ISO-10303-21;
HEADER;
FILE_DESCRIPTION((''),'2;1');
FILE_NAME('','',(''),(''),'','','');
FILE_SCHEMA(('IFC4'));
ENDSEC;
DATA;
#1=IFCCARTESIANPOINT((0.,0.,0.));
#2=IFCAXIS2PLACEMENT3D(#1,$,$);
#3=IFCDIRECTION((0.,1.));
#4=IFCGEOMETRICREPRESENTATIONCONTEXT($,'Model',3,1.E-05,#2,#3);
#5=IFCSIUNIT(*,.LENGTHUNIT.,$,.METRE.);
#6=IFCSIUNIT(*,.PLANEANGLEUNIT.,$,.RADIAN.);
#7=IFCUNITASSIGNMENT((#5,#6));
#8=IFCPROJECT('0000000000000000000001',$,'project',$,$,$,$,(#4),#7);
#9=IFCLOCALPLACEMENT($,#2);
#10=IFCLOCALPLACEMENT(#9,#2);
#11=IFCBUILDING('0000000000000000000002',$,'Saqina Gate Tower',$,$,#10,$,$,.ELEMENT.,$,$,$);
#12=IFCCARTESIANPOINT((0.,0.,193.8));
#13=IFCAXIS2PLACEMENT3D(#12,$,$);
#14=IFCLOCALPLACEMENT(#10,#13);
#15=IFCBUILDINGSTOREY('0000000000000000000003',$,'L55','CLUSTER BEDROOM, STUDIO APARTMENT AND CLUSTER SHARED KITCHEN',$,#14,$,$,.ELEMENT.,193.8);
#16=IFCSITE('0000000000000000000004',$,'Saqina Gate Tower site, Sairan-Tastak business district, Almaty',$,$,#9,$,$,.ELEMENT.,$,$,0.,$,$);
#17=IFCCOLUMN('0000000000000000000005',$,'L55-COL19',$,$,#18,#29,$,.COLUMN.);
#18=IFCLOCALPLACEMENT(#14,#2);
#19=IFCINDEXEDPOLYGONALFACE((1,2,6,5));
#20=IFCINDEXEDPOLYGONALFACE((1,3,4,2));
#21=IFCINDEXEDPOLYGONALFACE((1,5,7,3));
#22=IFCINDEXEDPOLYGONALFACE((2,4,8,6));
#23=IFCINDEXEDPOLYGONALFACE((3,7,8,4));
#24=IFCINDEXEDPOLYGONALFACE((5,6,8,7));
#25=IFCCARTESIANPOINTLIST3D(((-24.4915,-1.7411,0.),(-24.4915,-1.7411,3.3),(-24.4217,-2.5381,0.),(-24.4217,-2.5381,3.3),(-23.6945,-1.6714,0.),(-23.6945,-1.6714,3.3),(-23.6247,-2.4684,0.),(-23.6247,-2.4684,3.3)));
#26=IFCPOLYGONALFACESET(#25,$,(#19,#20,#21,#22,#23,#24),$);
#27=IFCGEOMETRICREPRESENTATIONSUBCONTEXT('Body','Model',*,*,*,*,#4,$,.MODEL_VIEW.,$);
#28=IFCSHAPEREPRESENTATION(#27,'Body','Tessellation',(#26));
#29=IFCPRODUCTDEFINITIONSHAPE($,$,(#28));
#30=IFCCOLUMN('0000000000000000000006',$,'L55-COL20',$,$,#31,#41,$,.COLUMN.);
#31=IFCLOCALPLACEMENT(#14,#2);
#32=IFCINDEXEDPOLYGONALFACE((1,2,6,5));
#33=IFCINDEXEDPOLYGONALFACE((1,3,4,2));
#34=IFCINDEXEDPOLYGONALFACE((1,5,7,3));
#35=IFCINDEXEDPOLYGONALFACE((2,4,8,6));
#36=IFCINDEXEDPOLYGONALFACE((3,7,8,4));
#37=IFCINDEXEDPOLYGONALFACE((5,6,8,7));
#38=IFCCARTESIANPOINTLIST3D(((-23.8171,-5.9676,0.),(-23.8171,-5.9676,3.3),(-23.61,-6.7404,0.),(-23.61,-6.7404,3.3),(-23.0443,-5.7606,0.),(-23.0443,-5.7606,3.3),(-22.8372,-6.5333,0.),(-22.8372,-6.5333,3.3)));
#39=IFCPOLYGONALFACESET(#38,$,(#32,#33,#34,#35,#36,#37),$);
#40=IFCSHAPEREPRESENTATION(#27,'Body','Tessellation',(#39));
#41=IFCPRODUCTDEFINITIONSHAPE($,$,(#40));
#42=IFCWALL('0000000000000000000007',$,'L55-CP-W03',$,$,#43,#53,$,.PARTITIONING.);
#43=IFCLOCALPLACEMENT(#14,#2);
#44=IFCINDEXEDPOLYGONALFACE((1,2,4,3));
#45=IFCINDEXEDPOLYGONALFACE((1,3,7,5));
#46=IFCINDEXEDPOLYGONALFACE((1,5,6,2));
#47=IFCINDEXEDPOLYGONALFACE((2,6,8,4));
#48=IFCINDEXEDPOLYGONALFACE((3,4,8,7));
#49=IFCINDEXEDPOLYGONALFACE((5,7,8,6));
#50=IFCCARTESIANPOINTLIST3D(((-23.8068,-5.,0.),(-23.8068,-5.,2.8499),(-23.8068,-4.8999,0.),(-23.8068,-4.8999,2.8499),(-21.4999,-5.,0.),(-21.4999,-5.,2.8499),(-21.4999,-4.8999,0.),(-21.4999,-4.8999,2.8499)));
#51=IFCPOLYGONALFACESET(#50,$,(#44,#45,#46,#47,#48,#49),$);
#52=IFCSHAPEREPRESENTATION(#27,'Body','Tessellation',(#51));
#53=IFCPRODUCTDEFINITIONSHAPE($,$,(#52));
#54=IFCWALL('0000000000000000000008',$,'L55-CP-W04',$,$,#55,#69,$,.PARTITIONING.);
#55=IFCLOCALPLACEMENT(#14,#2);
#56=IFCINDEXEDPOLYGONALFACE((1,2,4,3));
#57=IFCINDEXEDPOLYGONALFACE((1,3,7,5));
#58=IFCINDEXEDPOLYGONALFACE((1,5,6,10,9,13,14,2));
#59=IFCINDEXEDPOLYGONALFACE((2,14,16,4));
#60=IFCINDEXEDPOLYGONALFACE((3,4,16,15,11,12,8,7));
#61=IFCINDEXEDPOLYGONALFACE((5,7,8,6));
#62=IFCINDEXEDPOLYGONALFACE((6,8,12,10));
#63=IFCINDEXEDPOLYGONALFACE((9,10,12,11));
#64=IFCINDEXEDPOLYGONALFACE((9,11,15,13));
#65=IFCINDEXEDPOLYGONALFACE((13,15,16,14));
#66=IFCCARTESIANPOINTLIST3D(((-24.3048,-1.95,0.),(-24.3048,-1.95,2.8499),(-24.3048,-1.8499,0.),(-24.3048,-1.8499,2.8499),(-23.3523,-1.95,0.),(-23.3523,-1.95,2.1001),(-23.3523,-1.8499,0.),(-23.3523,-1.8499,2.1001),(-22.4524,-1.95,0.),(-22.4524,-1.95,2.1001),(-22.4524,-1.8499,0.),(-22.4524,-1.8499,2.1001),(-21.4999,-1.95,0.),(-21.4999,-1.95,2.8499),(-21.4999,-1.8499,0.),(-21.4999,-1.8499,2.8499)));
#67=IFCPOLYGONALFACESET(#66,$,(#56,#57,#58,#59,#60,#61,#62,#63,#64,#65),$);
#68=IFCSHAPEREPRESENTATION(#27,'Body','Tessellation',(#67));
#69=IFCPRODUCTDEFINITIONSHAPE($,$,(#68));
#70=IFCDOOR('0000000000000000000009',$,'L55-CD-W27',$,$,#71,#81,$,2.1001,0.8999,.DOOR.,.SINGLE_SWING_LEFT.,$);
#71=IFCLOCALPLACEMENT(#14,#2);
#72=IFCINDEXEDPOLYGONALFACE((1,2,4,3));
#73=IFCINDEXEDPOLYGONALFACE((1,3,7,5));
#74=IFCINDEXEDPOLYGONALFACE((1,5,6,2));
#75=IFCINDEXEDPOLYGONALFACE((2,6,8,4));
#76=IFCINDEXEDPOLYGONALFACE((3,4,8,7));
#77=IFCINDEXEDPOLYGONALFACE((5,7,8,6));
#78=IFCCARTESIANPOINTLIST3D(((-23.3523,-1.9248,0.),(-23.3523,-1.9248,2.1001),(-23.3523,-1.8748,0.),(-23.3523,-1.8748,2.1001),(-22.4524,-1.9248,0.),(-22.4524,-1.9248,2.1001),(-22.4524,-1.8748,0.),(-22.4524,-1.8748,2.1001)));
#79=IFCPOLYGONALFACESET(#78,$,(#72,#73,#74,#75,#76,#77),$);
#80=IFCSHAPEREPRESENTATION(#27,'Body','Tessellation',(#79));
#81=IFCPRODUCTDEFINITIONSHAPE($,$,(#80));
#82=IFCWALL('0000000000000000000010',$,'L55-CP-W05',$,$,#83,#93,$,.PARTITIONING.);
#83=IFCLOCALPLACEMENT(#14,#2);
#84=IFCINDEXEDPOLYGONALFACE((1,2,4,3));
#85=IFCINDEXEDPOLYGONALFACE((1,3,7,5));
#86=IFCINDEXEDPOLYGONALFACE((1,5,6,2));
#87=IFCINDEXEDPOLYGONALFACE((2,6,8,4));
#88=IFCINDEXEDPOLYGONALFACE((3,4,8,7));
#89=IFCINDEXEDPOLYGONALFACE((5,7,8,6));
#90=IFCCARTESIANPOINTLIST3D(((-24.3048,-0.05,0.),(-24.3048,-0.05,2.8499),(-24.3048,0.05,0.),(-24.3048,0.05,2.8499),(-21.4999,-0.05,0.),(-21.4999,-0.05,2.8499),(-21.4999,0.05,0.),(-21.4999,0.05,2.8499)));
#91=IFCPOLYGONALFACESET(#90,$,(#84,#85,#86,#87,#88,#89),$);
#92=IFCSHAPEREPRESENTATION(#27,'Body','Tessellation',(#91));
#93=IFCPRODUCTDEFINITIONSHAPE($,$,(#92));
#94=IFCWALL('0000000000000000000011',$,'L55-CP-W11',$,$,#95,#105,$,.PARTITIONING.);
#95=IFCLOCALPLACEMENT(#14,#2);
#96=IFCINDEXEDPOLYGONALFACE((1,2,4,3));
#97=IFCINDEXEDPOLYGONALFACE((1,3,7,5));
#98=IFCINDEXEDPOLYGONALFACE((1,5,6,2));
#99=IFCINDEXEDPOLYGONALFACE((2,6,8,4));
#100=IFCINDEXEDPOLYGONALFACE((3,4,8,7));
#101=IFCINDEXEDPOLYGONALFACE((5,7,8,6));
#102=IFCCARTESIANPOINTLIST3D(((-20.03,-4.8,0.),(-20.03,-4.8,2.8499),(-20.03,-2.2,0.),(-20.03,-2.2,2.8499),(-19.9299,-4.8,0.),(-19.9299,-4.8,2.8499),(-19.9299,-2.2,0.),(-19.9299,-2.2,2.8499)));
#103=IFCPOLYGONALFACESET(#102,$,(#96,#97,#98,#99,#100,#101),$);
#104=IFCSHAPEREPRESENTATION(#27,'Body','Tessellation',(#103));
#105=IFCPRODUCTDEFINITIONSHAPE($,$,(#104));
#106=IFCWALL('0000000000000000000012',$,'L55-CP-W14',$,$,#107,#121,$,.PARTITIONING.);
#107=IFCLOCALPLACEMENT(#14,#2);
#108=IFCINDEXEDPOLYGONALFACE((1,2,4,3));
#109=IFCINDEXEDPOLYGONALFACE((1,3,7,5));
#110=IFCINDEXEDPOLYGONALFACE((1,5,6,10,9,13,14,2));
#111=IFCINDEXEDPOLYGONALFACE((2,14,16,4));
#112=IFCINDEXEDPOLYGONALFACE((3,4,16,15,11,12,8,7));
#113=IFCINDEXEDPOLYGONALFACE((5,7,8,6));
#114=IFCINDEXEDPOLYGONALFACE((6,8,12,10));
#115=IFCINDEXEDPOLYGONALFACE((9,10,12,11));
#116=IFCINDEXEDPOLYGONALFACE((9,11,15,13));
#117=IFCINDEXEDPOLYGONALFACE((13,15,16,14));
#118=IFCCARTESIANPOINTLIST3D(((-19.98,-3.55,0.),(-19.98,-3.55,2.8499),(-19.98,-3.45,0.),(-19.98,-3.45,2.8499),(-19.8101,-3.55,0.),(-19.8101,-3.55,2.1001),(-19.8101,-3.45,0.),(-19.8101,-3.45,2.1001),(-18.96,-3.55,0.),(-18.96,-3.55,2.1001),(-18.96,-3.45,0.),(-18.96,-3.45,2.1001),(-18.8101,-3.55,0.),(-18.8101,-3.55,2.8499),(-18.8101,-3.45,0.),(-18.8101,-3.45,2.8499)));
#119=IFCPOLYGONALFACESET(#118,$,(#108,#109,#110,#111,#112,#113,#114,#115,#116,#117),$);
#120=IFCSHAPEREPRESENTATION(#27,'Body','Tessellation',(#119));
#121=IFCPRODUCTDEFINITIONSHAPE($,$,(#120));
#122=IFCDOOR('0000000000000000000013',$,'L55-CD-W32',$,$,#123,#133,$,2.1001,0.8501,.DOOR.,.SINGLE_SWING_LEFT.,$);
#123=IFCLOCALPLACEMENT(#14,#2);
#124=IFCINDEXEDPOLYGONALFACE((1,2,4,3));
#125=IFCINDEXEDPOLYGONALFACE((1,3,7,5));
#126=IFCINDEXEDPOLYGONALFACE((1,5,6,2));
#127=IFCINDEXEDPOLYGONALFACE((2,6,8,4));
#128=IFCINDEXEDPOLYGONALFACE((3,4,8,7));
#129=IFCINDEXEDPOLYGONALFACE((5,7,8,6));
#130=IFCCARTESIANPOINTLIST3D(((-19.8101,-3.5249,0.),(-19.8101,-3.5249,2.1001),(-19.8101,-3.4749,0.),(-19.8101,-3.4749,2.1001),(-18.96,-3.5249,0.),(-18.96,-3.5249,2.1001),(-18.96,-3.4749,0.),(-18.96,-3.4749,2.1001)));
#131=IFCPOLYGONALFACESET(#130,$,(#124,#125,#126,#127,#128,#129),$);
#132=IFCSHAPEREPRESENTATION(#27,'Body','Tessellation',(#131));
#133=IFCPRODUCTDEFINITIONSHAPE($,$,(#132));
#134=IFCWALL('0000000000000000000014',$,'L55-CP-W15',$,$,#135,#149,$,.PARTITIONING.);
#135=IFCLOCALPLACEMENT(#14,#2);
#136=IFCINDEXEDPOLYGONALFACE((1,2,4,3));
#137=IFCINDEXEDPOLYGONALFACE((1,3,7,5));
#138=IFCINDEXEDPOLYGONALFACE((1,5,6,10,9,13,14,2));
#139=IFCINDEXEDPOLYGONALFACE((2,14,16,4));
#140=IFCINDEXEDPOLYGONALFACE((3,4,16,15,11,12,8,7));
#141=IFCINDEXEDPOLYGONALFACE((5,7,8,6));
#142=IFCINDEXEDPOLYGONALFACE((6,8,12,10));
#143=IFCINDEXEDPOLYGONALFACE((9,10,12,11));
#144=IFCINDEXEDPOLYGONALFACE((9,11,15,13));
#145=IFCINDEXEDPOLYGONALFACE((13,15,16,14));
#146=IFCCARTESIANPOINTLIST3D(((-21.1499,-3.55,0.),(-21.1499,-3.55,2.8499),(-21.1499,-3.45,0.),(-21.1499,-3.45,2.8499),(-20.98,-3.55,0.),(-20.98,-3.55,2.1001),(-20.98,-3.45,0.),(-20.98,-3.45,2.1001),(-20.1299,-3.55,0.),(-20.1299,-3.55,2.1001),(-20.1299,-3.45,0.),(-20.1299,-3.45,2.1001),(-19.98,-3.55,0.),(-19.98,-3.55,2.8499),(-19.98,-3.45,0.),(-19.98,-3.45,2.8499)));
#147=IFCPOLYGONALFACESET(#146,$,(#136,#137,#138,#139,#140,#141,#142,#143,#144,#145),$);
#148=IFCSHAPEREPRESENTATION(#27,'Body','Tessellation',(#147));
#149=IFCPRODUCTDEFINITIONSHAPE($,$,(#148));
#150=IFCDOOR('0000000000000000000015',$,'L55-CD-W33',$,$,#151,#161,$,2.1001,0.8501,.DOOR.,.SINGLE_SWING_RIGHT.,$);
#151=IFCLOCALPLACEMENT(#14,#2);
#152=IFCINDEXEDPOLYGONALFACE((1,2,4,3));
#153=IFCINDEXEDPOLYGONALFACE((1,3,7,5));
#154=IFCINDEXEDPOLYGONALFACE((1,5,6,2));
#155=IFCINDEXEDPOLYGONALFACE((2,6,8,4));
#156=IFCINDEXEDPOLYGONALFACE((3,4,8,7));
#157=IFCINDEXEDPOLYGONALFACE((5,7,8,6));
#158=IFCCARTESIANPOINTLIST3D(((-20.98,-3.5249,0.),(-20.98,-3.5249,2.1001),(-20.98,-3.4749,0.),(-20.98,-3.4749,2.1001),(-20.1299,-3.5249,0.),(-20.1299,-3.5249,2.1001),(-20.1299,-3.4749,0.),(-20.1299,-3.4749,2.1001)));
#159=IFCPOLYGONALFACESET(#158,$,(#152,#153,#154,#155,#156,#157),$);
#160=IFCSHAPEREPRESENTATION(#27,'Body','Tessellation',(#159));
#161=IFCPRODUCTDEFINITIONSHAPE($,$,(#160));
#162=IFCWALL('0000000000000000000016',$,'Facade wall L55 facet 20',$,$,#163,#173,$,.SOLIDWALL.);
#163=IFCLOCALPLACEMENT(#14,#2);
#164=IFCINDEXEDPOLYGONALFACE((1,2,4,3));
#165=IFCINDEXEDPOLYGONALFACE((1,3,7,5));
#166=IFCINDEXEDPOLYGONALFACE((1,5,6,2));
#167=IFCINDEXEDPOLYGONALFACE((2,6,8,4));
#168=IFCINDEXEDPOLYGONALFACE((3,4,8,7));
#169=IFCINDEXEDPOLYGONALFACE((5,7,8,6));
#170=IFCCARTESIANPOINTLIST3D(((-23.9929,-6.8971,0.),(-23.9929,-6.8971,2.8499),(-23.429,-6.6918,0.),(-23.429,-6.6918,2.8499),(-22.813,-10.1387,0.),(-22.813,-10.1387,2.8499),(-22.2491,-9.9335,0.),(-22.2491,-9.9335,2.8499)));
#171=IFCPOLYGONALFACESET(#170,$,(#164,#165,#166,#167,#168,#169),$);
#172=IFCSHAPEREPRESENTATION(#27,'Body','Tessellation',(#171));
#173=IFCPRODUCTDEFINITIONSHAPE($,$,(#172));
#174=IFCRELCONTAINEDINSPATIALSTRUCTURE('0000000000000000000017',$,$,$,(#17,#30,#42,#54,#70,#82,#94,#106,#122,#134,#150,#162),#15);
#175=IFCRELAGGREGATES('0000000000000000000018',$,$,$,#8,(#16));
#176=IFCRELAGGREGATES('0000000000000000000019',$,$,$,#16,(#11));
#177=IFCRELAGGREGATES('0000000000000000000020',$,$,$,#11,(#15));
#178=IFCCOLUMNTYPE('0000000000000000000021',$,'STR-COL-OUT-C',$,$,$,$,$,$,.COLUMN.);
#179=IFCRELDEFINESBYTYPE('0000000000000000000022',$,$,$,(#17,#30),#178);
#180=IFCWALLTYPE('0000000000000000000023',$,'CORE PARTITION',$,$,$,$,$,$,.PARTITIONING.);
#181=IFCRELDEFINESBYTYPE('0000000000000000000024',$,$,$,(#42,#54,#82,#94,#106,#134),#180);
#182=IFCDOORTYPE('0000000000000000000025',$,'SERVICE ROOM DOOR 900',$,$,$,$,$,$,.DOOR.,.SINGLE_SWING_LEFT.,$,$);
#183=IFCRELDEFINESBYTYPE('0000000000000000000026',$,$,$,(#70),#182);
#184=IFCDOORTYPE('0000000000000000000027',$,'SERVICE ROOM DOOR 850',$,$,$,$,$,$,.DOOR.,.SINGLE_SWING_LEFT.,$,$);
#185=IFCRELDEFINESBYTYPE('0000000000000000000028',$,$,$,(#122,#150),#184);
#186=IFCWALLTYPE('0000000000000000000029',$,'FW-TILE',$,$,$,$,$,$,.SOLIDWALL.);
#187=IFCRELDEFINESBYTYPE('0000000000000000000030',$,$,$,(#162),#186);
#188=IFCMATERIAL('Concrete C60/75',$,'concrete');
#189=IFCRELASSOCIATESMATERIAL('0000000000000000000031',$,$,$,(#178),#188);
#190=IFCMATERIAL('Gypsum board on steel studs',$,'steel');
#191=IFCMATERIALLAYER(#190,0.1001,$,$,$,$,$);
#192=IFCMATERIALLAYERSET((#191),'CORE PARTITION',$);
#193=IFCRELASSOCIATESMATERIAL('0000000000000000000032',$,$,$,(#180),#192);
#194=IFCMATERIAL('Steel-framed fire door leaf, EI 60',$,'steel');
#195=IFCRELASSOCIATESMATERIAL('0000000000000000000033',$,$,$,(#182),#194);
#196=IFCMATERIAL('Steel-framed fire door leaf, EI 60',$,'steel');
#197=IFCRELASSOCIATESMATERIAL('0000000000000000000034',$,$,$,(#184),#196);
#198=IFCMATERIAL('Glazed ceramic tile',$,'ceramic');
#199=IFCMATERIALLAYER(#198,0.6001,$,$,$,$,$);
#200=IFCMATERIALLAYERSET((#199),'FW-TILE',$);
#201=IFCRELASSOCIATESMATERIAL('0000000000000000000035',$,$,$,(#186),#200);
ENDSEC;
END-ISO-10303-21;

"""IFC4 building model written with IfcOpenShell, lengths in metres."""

from ifc_helpers import new_model, si_unit, direction, frame, frame_2d, origin, origin_2d, place, context, subcontext, project, spatial, rectangle, extrude, material, layer, layer_set, material_profile, profile_set, type_object, element, fill, save


model = new_model("IFC4")

# Units and contexts
model_context = context("Model", 3, precision=1e-05, world=origin(), true_north=direction((0.0, 1.0)))
body_context = subcontext(model_context, "Body", "Model", "MODEL_VIEW")
ifc_project = project(units=[si_unit("LENGTHUNIT", "METRE"), si_unit("PLANEANGLEUNIT", "RADIAN")], contexts=[model_context])

# Site, building, storey
site_placement = place(None, origin())
site = spatial("IfcSite", under=ifc_project, at=site_placement, Name="Saqina Gate Tower site, Sairan-Tastak business district, Almaty", CompositionType="ELEMENT", RefElevation=0.0)
building_placement = place(site_placement, origin())
building = spatial("IfcBuilding", under=site, at=building_placement, Name="Saqina Gate Tower", CompositionType="ELEMENT")
storey_placement = place(building_placement, frame((0.0, 0.0, 193.8)))
storey = spatial("IfcBuildingStorey", under=building, at=storey_placement, Name="L55", Description="CLUSTER BEDROOM, STUDIO APARTMENT AND CLUSTER SHARED KITCHEN", CompositionType="ELEMENT", Elevation=193.8)

# Columns
ifc_material_1 = material(Name="Concrete C60/75", Category="concrete")
ifc_material_profile = material_profile(ifc_material_1, rectangle(XDim=0.8, YDim=0.8, at=origin_2d()), Name="RC 800x800")
ifc_profile_set = profile_set([ifc_material_profile], Name="Concrete C60/75")
column_type = type_object("IfcColumnType", Name="STR-COL-OUT-C", PredefinedType="COLUMN", material=ifc_profile_set)
for number, where, z_axis, x_axis, name in (
    (1, (-24.0581, -2.1047, 0.0), (0.0, 0.0, 1.0), (-0.996195, -0.087156, 0.0), "L55-COL19"),
    (2, (-23.3271, -6.2505, 0.0), (0.0, 0.0, 1.0), (-0.965926, -0.258819, 0.0), "L55-COL20"),
):
    element("IfcColumn", number, at=place(storey_placement, frame(where, z_axis=z_axis, x_axis=x_axis)), inside=storey, type_object=column_type, Name=name, PredefinedType="COLUMN", context=body_context, shape_type="SweptSolid", body=[
        extrude(rectangle(XDim=0.8, YDim=0.8, at=origin_2d()), origin(), (0.0, 0.0, 1.0), 3.3),
    ])

# Wall
ifc_material_2 = material(Name="Gypsum board on steel studs", Category="steel")
ifc_layer_1 = layer(ifc_material_2, 0.1001)
ifc_layer_set_1 = layer_set([ifc_layer_1], Name="CORE PARTITION")
wall_type_1 = type_object("IfcWallType", Name="CORE PARTITION", PredefinedType="PARTITIONING", material=ifc_layer_set_1)
wall_1_placement = place(storey_placement, frame((-21.5, -4.95, 0.0), z_axis=(0.0, 0.0, 1.0), x_axis=(-1.0, 0.0, 0.0)))
element("IfcWall", 3, at=wall_1_placement, inside=storey, type_object=wall_type_1, Name="L55-CP-W03", PredefinedType="PARTITIONING", context=body_context, shape_type="SweptSolid", body=[
    extrude(rectangle(XDim=2.3069, YDim=0.1001, at=frame_2d((1.1533, 0.0))), origin(), (0.0, 0.0, 1.0), 2.8499),
])

# Wall, opening, door
wall_2_placement = place(storey_placement, frame((-21.5, -1.8999, 0.0), z_axis=(0.0, 0.0, 1.0), x_axis=(-1.0, 0.0, 0.0)))
wall_2 = element("IfcWall", 4, at=wall_2_placement, inside=storey, type_object=wall_type_1, Name="L55-CP-W04", PredefinedType="PARTITIONING", context=body_context, shape_type="SweptSolid", body=[
    extrude(rectangle(XDim=2.8049, YDim=0.1001, at=frame_2d((1.4023, 0.0))), origin(), (0.0, 0.0, 1.0), 2.8499),
])
opening_1_placement = place(wall_2_placement, frame((0.9524, 0.0, 0.0)))
opening_1 = element("IfcOpeningElement", 5, at=opening_1_placement, cuts=wall_2, PredefinedType="OPENING", context=body_context, shape_type="SweptSolid", body=[
    extrude(rectangle(XDim=0.8999, YDim=2.1001, at=frame_2d((0.45, 1.05))), frame((0.0, 0.062, 0.0), z_axis=(0.0, -1.0, 0.0), x_axis=(1.0, 0.0, 0.0)), (0.0, 0.0, 1.0), 0.124),
])
ifc_material_3 = material(Name="Steel-framed fire door leaf, EI 60", Category="steel")
door_type_1 = type_object("IfcDoorType", Name="SERVICE ROOM DOOR 900", OperationType="SINGLE_SWING_LEFT", PredefinedType="DOOR", material=ifc_material_3)
door_1_placement = place(opening_1_placement, origin())
door_1 = element("IfcDoor", 6, at=door_1_placement, inside=storey, type_object=door_type_1, Name="L55-CD-W27", OperationType="SINGLE_SWING_LEFT", OverallHeight=2.1001, OverallWidth=0.8999, PredefinedType="DOOR", context=body_context, shape_type="SweptSolid", body=[
    extrude(rectangle(XDim=0.8999, YDim=2.1001, at=frame_2d((0.45, 1.05))), frame((0.0, 0.0249, 0.0), z_axis=(0.0, -1.0, 0.0), x_axis=(1.0, 0.0, 0.0)), (0.0, 0.0, 1.0), 0.05),
])
fill(opening_1, door_1)

# Walls
wall_3_placement = place(storey_placement, frame((-21.5, 0.0, 0.0), z_axis=(0.0, 0.0, 1.0), x_axis=(-1.0, 0.0, 0.0)))
element("IfcWall", 7, at=wall_3_placement, inside=storey, type_object=wall_type_1, Name="L55-CP-W05", PredefinedType="PARTITIONING", context=body_context, shape_type="SweptSolid", body=[
    extrude(rectangle(XDim=2.8049, YDim=0.1001, at=frame_2d((1.4023, 0.0))), origin(), (0.0, 0.0, 1.0), 2.8499),
])
wall_4_placement = place(storey_placement, frame((-19.98, -4.8, 0.0), z_axis=(0.0, 0.0, 1.0), x_axis=(0.0, 1.0, 0.0)))
element("IfcWall", 8, at=wall_4_placement, inside=storey, type_object=wall_type_1, Name="L55-CP-W11", PredefinedType="PARTITIONING", context=body_context, shape_type="SweptSolid", body=[
    extrude(rectangle(XDim=2.6001, YDim=0.1001, at=frame_2d((1.3, 0.0))), origin(), (0.0, 0.0, 1.0), 2.8499),
])

# Walls, openings, doors
wall_5_placement = place(storey_placement, frame((-18.8101, -3.5, 0.0), z_axis=(0.0, 0.0, 1.0), x_axis=(-1.0, 0.0, 0.0)))
wall_5 = element("IfcWall", 9, at=wall_5_placement, inside=storey, type_object=wall_type_1, Name="L55-CP-W14", PredefinedType="PARTITIONING", context=body_context, shape_type="SweptSolid", body=[
    extrude(rectangle(XDim=1.1699, YDim=0.1001, at=frame_2d((0.585, 0.0))), origin(), (0.0, 0.0, 1.0), 2.8499),
])
opening_2_placement = place(wall_5_placement, frame((0.1499, 0.0, 0.0)))
opening_2 = element("IfcOpeningElement", 10, at=opening_2_placement, cuts=wall_5, PredefinedType="OPENING", context=body_context, shape_type="SweptSolid", body=[
    extrude(rectangle(XDim=0.8501, YDim=2.1001, at=frame_2d((0.425, 1.05))), frame((0.0, 0.062, 0.0), z_axis=(0.0, -1.0, 0.0), x_axis=(1.0, 0.0, 0.0)), (0.0, 0.0, 1.0), 0.124),
])
ifc_material_4 = material(Name="Steel-framed fire door leaf, EI 60", Category="steel")
door_type_2 = type_object("IfcDoorType", Name="SERVICE ROOM DOOR 850", OperationType="SINGLE_SWING_LEFT", PredefinedType="DOOR", material=ifc_material_4)
door_2_placement = place(opening_2_placement, origin())
door_2 = element("IfcDoor", 11, at=door_2_placement, inside=storey, type_object=door_type_2, Name="L55-CD-W32", OperationType="SINGLE_SWING_LEFT", OverallHeight=2.1001, OverallWidth=0.8501, PredefinedType="DOOR", context=body_context, shape_type="SweptSolid", body=[
    extrude(rectangle(XDim=0.8501, YDim=2.1001, at=frame_2d((0.425, 1.05))), frame((0.0, 0.0249, 0.0), z_axis=(0.0, -1.0, 0.0), x_axis=(1.0, 0.0, 0.0)), (0.0, 0.0, 1.0), 0.05),
])
fill(opening_2, door_2)
wall_6_placement = place(storey_placement, frame((-19.98, -3.5, 0.0), z_axis=(0.0, 0.0, 1.0), x_axis=(-1.0, 0.0, 0.0)))
wall_6 = element("IfcWall", 12, at=wall_6_placement, inside=storey, type_object=wall_type_1, Name="L55-CP-W15", PredefinedType="PARTITIONING", context=body_context, shape_type="SweptSolid", body=[
    extrude(rectangle(XDim=1.1699, YDim=0.1001, at=frame_2d((0.585, 0.0))), origin(), (0.0, 0.0, 1.0), 2.8499),
])
opening_3_placement = place(wall_6_placement, frame((0.1499, 0.0, 0.0)))
opening_3 = element("IfcOpeningElement", 13, at=opening_3_placement, cuts=wall_6, PredefinedType="OPENING", context=body_context, shape_type="SweptSolid", body=[
    extrude(rectangle(XDim=0.8501, YDim=2.1001, at=frame_2d((0.425, 1.05))), frame((0.0, 0.062, 0.0), z_axis=(0.0, -1.0, 0.0), x_axis=(1.0, 0.0, 0.0)), (0.0, 0.0, 1.0), 0.124),
])
door_3_placement = place(opening_3_placement, origin())
door_3 = element("IfcDoor", 14, at=door_3_placement, inside=storey, type_object=door_type_2, Name="L55-CD-W33", OperationType="SINGLE_SWING_RIGHT", OverallHeight=2.1001, OverallWidth=0.8501, PredefinedType="DOOR", context=body_context, shape_type="SweptSolid", body=[
    extrude(rectangle(XDim=0.8501, YDim=2.1001, at=frame_2d((0.425, 1.05))), frame((0.0, 0.0249, 0.0), z_axis=(0.0, -1.0, 0.0), x_axis=(1.0, 0.0, 0.0)), (0.0, 0.0, 1.0), 0.05),
])
fill(opening_3, door_3)

# Wall
ifc_material_5 = material(Name="Glazed ceramic tile", Category="ceramic")
ifc_layer_2 = layer(ifc_material_5, 0.6001)
ifc_layer_set_2 = layer_set([ifc_layer_2], Name="FW-TILE")
wall_type_2 = type_object("IfcWallType", Name="FW-TILE", PredefinedType="SOLIDWALL", material=ifc_layer_set_2)
wall_7_placement = place(storey_placement, frame((-23.7109, -6.7944, 0.0), z_axis=(0.0, 0.0, 1.0), x_axis=(0.342033, -0.939688, 0.0)))
element("IfcWall", 15, at=wall_7_placement, inside=storey, type_object=wall_type_2, Name="Facade wall L55 facet 20", PredefinedType="SOLIDWALL", context=body_context, shape_type="SweptSolid", body=[
    extrude(rectangle(XDim=3.4497, YDim=0.6001, at=frame_2d((1.7249, 0.0))), origin(), (0.0, 0.0, 1.0), 2.8499),
])

save(model, "model.ifc")
